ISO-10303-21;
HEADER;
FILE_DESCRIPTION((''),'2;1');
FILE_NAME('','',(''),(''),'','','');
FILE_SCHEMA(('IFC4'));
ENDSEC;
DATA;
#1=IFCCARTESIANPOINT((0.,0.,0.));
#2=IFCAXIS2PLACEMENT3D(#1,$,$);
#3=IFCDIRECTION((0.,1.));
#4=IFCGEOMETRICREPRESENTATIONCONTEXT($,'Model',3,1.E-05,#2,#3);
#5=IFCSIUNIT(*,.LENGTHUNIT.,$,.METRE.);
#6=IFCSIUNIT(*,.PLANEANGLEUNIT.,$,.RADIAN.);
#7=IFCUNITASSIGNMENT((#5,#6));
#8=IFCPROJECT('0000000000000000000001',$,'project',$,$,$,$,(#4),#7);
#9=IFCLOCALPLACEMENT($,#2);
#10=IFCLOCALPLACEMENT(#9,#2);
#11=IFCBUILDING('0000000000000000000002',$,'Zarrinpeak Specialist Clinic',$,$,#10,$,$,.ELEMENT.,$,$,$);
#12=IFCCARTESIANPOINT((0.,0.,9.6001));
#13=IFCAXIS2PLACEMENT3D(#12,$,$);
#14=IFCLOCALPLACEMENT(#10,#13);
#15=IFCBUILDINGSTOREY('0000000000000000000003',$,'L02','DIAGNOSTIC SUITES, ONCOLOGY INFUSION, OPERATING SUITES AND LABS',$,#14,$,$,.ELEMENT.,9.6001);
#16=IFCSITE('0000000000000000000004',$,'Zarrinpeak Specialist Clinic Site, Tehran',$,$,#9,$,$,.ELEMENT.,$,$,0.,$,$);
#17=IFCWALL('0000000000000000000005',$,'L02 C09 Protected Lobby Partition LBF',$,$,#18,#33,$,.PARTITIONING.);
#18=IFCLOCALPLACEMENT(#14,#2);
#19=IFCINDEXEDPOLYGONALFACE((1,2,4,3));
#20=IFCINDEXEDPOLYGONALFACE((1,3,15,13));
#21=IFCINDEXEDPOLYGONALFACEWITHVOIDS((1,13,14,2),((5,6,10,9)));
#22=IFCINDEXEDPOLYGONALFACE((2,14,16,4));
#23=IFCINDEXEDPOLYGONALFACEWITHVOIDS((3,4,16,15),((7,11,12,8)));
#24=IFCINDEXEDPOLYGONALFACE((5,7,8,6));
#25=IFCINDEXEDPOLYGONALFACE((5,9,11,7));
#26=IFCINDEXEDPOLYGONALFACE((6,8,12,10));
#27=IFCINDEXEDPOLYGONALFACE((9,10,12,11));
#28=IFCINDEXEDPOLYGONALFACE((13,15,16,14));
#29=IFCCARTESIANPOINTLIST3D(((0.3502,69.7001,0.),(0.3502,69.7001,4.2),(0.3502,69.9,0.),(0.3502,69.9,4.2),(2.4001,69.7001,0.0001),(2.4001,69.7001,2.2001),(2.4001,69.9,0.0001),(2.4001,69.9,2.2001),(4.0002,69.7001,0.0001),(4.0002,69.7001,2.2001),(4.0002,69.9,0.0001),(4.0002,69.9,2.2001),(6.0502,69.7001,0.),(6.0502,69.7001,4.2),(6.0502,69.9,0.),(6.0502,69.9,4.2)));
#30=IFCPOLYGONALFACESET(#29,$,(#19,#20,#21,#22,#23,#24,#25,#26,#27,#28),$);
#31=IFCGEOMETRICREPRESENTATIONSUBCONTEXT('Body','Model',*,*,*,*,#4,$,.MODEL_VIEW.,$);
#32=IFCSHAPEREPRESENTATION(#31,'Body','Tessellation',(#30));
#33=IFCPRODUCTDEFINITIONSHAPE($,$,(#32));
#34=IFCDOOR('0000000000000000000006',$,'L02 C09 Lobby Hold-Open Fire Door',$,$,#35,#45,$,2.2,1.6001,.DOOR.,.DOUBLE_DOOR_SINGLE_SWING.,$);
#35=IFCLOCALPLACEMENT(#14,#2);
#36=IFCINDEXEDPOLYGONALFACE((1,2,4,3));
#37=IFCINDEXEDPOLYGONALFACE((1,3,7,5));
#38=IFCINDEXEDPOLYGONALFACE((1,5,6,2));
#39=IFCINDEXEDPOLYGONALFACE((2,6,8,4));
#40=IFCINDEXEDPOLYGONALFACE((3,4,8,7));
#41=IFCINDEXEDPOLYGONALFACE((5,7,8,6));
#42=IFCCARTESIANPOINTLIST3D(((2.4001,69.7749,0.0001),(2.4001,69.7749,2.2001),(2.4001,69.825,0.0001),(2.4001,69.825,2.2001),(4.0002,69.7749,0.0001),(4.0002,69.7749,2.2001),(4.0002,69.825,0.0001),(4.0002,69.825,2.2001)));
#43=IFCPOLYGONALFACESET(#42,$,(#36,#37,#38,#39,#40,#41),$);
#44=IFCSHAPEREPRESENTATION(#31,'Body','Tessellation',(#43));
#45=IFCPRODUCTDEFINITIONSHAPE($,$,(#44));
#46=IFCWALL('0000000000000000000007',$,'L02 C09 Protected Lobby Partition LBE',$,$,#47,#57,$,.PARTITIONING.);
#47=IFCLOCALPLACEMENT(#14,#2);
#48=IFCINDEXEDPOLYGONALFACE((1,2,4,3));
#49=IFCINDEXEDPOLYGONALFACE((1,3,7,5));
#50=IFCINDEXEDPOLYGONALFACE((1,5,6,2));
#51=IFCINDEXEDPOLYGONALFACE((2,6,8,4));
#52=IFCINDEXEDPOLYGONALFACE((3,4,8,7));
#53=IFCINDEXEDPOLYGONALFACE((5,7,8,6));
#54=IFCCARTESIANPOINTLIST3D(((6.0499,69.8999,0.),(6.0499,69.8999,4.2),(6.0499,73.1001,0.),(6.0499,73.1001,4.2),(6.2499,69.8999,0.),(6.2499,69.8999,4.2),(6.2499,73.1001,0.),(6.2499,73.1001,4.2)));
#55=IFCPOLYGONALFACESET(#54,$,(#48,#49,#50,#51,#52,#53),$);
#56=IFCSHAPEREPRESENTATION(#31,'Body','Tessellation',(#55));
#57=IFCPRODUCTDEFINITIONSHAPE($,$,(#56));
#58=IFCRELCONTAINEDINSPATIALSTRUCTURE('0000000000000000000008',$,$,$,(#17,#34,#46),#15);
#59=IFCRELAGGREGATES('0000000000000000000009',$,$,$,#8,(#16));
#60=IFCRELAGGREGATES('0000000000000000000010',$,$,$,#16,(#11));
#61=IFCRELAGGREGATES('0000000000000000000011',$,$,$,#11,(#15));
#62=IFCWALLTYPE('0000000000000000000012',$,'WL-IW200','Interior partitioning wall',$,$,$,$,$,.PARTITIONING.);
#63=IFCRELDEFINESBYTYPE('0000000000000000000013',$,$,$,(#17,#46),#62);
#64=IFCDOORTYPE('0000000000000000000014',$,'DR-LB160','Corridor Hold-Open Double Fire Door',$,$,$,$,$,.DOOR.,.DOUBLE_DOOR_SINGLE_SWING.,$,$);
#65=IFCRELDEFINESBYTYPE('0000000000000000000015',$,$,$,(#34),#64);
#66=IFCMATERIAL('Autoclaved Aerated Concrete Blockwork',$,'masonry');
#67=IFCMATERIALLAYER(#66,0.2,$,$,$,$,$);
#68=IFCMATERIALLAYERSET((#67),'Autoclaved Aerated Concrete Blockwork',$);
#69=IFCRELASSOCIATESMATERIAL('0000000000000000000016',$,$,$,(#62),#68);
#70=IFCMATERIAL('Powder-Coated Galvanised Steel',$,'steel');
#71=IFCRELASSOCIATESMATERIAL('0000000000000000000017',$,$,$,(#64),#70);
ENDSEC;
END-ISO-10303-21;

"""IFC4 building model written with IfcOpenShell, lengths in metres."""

from ifc_helpers import new_model, si_unit, direction, frame, frame_2d, origin, place, context, subcontext, project, spatial, rectangle, extrude, material, layer, layer_set, type_object, element, fill, save


model = new_model("IFC4")

# Units and contexts
model_context = context("Model", 3, precision=1e-05, world=origin(), true_north=direction((0.0, 1.0)))
body_context = subcontext(model_context, "Body", "Model", "MODEL_VIEW")
ifc_project = project(units=[si_unit("LENGTHUNIT", "METRE"), si_unit("PLANEANGLEUNIT", "RADIAN")], contexts=[model_context])

# Site, building, storey
site_placement = place(None, origin())
site = spatial("IfcSite", under=ifc_project, at=site_placement, Name="Zarrinpeak Specialist Clinic Site, Tehran", CompositionType="ELEMENT", RefElevation=0.0)
building_placement = place(site_placement, origin())
building = spatial("IfcBuilding", under=site, at=building_placement, Name="Zarrinpeak Specialist Clinic", CompositionType="ELEMENT")
storey_placement = place(building_placement, frame((0.0, 0.0, 9.6001)))
storey = spatial("IfcBuildingStorey", under=building, at=storey_placement, Name="L02", Description="DIAGNOSTIC SUITES, ONCOLOGY INFUSION, OPERATING SUITES AND LABS", CompositionType="ELEMENT", Elevation=9.6001)

# Shared definitions
ifc_material_1 = material(Name="Powder-Coated Galvanised Steel", Category="steel")

# Wall, opening, door
ifc_material_2 = material(Name="Autoclaved Aerated Concrete Blockwork", Category="masonry")
ifc_layer_1 = layer(ifc_material_2, 0.2)
ifc_layer_set_1 = layer_set([ifc_layer_1], Name="Autoclaved Aerated Concrete Blockwork")
wall_type_1 = type_object("IfcWallType", Name="WL-IW200", Description="Interior partitioning wall", PredefinedType="PARTITIONING", material=ifc_layer_set_1)
wall_1_placement = place(storey_placement, frame((0.3501, 69.8, 0.0), z_axis=(0.0, 0.0, 1.0), x_axis=(1.0, 0.0, 0.0)))
wall_1 = element("IfcWall", 1, at=wall_1_placement, inside=storey, type_object=wall_type_1, Name="L02 C09 Protected Lobby Partition LBF", PredefinedType="PARTITIONING", context=body_context, shape_type="SweptSolid", body=[
    extrude(rectangle(XDim=5.7, YDim=0.2, at=frame_2d((2.8501, 0.0))), origin(), (0.0, 0.0, 1.0), 4.2),
])
opening_1_placement = place(wall_1_placement, frame((2.05, 0.0, 0.0)))
opening_1 = element("IfcOpeningElement", 2, at=opening_1_placement, cuts=wall_1, PredefinedType="OPENING", context=body_context, shape_type="SweptSolid", body=[
    extrude(rectangle(XDim=1.6001, YDim=2.2, at=frame_2d((0.8, 1.1001))), frame((0.0, 0.1099, 0.0), z_axis=(0.0, -1.0, 0.0), x_axis=(1.0, 0.0, 0.0)), (0.0, 0.0, 1.0), 0.22),
])
door_type_1 = type_object("IfcDoorType", Name="DR-LB160", Description="Corridor Hold-Open Double Fire Door", OperationType="DOUBLE_DOOR_SINGLE_SWING", PredefinedType="DOOR", material=ifc_material_1)
door_1_placement = place(opening_1_placement, origin())
door_1 = element("IfcDoor", 3, at=door_1_placement, inside=storey, type_object=door_type_1, Name="L02 C09 Lobby Hold-Open Fire Door", OperationType="DOUBLE_DOOR_SINGLE_SWING", OverallHeight=2.2, OverallWidth=1.6001, PredefinedType="DOOR", context=body_context, shape_type="SweptSolid", body=[
    extrude(rectangle(XDim=1.6001, YDim=2.2, at=frame_2d((0.8, 1.1001))), frame((0.0, 0.0249, 0.0), z_axis=(0.0, -1.0, 0.0), x_axis=(1.0, 0.0, 0.0)), (0.0, 0.0, 1.0), 0.05),
])
fill(opening_1, door_1)

# Wall
wall_2_placement = place(storey_placement, frame((6.1499, 69.8999, 0.0), z_axis=(0.0, 0.0, 1.0), x_axis=(0.0, 1.0, 0.0)))
element("IfcWall", 4, at=wall_2_placement, inside=storey, type_object=wall_type_1, Name="L02 C09 Protected Lobby Partition LBE", PredefinedType="PARTITIONING", context=body_context, shape_type="SweptSolid", body=[
    extrude(rectangle(XDim=3.2002, YDim=0.2, at=frame_2d((1.6001, 0.0))), origin(), (0.0, 0.0, 1.0), 4.2),
])

save(model, "model.ifc")
